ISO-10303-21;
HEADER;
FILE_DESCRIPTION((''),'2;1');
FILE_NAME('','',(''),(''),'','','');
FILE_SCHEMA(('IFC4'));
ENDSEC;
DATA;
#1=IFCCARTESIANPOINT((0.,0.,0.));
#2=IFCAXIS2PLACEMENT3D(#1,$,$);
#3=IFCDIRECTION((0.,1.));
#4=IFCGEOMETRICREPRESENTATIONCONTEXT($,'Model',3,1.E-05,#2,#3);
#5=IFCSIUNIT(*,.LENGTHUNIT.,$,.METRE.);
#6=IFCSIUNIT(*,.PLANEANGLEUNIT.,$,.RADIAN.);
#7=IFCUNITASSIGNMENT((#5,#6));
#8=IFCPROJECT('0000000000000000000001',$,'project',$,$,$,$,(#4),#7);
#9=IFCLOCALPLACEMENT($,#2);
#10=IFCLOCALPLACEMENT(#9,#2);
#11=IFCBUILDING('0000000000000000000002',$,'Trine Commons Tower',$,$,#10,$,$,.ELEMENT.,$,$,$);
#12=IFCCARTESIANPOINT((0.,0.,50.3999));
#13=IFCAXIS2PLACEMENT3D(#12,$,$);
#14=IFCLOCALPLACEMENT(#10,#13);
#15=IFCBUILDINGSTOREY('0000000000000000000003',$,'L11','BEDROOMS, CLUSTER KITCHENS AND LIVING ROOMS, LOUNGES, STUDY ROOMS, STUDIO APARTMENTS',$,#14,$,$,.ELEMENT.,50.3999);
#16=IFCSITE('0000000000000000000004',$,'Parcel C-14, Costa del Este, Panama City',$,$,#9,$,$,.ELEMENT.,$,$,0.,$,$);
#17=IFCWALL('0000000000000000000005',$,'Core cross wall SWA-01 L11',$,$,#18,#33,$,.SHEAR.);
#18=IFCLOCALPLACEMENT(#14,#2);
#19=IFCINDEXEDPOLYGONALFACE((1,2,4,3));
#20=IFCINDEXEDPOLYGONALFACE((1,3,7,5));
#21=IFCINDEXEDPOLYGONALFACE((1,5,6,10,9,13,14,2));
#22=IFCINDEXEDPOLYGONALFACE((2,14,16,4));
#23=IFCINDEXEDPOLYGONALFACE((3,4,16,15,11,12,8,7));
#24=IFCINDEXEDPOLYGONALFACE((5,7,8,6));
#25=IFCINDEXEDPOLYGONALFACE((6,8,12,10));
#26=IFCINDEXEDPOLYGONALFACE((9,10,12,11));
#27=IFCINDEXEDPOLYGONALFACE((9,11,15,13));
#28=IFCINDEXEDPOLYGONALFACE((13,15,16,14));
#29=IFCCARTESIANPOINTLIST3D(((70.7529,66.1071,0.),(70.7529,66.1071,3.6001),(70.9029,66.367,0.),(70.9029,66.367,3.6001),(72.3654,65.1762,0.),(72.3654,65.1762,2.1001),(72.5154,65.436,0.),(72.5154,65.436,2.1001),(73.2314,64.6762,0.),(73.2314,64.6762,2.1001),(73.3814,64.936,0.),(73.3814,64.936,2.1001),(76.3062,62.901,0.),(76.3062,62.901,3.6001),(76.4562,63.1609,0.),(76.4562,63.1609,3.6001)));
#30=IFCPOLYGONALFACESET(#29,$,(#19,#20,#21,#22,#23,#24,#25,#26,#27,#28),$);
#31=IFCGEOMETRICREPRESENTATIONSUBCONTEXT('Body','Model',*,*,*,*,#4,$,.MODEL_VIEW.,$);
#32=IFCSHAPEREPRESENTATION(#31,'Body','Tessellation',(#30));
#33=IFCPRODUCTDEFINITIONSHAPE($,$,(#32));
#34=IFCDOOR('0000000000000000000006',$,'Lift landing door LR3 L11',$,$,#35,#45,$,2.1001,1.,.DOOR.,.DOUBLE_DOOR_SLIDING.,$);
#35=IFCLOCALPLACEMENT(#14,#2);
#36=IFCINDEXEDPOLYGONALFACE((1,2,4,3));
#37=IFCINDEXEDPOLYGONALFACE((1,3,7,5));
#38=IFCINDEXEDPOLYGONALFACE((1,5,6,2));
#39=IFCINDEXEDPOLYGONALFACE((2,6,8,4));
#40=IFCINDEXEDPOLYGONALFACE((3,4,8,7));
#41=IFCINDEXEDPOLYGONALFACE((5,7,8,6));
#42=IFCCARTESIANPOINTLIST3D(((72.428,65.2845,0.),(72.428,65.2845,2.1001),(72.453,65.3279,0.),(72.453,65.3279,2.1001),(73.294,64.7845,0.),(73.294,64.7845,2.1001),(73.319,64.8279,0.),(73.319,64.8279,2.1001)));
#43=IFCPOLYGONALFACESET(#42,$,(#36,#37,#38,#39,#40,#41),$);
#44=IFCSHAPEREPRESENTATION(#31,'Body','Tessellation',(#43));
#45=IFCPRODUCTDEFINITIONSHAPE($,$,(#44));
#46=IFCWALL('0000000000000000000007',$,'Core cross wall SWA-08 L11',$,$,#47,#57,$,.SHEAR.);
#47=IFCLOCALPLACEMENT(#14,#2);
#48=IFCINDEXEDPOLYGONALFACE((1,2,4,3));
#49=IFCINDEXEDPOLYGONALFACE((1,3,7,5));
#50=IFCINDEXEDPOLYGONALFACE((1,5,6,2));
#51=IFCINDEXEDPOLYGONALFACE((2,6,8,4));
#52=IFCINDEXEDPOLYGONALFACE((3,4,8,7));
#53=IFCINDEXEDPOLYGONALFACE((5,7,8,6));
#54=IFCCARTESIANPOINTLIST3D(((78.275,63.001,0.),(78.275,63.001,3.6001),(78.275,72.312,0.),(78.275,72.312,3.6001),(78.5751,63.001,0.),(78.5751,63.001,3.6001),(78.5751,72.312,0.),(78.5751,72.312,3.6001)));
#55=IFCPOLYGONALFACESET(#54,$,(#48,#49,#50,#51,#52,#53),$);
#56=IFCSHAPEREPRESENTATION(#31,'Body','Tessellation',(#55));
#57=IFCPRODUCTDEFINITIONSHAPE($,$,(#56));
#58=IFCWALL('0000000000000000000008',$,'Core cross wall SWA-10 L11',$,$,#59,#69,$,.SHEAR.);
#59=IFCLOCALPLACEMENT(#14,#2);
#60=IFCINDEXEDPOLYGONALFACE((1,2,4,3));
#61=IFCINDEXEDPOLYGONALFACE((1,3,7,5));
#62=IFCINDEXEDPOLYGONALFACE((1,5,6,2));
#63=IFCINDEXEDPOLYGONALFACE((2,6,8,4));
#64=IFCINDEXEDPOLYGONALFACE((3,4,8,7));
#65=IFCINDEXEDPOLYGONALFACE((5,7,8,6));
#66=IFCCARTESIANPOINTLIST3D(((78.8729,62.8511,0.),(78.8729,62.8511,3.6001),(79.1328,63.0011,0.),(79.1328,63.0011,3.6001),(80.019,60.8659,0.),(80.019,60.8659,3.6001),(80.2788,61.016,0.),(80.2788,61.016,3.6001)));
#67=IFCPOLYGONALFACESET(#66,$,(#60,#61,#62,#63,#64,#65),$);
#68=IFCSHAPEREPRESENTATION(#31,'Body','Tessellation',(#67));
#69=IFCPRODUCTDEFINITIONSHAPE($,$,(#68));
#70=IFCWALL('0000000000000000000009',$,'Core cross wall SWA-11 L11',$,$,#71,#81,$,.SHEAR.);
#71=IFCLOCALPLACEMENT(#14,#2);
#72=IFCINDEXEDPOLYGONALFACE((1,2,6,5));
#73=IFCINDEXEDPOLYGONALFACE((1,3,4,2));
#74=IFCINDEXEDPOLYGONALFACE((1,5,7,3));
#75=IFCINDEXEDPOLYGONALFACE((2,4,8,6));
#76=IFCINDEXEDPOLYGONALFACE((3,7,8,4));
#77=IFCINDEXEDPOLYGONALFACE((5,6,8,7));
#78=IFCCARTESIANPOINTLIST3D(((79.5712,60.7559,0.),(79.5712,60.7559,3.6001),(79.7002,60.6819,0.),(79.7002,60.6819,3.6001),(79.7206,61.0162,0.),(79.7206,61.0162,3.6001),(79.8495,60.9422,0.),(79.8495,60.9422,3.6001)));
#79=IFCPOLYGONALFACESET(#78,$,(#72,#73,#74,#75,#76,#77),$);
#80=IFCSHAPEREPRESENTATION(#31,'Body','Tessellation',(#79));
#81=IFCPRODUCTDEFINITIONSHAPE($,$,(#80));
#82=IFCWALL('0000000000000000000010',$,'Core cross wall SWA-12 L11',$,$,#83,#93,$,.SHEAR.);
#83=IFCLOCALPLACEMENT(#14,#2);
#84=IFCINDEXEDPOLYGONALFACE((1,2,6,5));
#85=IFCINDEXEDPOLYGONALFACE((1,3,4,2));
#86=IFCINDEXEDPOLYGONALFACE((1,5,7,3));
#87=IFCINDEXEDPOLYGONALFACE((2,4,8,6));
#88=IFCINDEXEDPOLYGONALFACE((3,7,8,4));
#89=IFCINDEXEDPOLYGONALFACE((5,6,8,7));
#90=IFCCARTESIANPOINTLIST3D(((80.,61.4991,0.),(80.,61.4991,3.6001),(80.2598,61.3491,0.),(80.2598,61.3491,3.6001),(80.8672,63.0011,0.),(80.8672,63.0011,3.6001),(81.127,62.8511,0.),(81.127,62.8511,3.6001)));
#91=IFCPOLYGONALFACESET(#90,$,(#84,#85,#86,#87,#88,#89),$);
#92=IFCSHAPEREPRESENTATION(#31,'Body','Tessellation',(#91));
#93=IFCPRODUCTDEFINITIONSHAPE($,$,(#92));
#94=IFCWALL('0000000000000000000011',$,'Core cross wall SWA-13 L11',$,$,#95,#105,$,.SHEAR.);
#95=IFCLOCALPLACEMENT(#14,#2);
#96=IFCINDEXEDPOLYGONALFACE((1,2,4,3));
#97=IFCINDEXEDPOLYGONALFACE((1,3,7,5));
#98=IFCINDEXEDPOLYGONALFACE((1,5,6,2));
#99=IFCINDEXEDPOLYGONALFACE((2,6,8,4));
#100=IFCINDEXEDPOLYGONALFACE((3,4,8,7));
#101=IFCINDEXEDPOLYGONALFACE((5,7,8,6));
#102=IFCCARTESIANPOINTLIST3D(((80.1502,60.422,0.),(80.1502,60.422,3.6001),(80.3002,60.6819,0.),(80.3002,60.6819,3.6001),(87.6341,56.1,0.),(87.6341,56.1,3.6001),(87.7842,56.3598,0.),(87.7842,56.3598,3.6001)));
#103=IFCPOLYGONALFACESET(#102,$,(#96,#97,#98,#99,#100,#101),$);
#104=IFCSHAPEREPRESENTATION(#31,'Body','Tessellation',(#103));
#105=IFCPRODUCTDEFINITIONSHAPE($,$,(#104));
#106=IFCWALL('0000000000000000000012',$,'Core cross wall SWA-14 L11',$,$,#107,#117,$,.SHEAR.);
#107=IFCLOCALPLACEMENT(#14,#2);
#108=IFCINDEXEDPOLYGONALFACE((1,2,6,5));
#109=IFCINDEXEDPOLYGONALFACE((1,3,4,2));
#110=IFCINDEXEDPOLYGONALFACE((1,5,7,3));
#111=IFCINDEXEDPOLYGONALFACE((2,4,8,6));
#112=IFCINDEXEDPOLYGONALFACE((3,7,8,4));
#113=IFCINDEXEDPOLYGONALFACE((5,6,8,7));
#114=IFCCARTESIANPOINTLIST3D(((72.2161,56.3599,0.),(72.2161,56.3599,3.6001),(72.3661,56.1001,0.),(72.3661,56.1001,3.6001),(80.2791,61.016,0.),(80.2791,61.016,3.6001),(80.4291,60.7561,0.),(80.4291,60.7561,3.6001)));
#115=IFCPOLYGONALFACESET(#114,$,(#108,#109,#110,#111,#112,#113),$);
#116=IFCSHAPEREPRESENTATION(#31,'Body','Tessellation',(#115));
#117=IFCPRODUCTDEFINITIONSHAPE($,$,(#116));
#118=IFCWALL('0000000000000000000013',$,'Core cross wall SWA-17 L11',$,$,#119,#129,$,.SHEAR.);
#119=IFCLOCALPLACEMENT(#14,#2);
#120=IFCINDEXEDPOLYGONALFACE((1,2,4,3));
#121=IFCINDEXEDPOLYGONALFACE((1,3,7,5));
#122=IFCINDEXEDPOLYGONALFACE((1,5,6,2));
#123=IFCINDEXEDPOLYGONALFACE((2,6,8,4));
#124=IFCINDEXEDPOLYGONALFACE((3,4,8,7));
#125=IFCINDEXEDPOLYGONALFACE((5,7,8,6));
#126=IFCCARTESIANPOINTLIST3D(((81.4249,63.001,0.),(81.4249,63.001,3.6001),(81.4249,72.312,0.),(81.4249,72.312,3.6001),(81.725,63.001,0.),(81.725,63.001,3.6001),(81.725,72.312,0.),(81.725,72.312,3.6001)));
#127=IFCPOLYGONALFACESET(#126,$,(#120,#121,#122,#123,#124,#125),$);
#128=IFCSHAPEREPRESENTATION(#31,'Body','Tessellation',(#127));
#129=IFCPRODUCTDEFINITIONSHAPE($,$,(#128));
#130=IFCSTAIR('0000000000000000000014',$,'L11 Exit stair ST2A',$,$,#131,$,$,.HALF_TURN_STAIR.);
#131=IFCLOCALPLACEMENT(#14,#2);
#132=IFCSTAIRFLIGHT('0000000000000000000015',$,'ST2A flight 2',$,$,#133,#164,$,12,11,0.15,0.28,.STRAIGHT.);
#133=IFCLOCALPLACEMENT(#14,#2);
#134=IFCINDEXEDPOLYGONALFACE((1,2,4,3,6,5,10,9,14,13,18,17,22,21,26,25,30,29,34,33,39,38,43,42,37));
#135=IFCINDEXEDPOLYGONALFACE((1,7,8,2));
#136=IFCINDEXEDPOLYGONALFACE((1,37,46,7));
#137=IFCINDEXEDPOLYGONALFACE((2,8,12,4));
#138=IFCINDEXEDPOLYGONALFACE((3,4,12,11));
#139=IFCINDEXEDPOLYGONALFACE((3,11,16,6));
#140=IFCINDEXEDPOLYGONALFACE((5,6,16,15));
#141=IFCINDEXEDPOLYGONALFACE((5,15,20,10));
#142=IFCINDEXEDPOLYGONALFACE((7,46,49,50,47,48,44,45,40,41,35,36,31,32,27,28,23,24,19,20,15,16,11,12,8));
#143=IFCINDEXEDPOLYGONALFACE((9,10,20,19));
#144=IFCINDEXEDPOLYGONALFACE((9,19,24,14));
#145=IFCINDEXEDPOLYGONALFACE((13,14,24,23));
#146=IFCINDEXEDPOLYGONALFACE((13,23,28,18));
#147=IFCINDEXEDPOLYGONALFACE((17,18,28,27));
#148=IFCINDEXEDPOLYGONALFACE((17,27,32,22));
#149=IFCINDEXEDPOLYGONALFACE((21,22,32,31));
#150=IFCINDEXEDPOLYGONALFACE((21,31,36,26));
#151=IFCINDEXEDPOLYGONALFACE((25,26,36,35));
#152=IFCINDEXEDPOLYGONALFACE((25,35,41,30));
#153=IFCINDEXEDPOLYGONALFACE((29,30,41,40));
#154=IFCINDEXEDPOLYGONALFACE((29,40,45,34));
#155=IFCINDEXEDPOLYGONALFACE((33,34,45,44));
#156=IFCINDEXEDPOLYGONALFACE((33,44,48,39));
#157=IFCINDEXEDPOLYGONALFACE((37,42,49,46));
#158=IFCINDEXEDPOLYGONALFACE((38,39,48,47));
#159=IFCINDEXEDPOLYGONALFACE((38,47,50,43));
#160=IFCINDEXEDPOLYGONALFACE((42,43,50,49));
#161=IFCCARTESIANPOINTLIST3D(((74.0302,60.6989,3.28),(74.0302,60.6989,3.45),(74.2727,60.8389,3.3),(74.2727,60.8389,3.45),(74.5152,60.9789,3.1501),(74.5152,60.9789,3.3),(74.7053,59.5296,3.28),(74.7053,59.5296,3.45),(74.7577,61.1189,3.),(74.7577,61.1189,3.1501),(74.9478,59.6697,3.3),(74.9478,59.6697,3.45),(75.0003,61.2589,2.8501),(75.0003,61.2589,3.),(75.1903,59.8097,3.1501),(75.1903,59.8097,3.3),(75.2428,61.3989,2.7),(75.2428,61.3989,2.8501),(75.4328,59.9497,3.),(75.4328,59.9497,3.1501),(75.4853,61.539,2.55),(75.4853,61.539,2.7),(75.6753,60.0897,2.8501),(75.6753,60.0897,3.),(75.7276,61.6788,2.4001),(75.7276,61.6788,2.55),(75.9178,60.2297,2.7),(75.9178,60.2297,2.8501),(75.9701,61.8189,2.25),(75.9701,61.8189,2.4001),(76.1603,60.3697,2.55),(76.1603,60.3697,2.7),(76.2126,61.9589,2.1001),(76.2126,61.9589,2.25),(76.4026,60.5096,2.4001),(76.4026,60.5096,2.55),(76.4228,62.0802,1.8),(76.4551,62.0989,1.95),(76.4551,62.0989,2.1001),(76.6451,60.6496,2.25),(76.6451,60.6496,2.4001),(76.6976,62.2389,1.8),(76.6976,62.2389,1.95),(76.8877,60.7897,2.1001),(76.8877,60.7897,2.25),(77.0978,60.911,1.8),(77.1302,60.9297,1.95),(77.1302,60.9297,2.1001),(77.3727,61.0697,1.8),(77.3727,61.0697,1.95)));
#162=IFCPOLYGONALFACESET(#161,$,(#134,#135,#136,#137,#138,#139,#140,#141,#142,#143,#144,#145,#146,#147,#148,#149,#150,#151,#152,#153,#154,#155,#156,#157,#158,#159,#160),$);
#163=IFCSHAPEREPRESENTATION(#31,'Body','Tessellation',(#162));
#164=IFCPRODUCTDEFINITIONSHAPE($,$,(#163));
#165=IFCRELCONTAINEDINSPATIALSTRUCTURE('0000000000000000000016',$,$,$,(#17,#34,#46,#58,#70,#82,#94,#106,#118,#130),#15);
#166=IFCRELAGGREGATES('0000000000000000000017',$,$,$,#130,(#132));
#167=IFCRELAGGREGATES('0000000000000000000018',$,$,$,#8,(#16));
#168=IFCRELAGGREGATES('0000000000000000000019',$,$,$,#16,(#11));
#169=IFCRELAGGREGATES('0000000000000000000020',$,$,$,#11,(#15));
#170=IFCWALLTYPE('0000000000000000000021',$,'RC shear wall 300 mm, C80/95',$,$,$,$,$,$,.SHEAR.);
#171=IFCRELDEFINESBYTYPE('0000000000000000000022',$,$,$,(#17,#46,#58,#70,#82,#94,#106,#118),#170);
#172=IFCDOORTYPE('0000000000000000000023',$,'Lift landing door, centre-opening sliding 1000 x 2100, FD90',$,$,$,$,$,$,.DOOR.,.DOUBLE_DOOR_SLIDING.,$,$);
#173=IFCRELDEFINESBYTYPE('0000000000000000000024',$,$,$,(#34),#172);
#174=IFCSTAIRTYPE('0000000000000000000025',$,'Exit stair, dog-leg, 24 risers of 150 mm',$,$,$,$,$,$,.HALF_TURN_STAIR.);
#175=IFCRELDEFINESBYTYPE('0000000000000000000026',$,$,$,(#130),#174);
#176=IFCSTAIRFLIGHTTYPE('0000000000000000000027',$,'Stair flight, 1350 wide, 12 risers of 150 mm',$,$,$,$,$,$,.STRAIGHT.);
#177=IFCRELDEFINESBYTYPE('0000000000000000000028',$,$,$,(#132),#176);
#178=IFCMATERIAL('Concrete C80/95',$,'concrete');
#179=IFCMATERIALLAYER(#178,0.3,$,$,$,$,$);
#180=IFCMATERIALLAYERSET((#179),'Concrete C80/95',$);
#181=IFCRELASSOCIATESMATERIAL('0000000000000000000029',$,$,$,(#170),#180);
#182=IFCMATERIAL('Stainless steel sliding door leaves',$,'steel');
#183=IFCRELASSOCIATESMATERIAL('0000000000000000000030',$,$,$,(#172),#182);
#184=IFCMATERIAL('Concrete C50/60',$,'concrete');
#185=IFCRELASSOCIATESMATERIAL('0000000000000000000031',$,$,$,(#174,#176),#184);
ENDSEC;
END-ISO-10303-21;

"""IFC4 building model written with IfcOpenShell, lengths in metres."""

from ifc_helpers import new_model, si_unit, direction, frame, frame_2d, origin, place, context, subcontext, project, spatial, polyline, rectangle, outline, extrude, material, layer, layer_set, type_object, element, fill, aggregate, save


model = new_model("IFC4")

# Units and contexts
model_context = context("Model", 3, precision=1e-05, world=origin(), true_north=direction((0.0, 1.0)))
body_context = subcontext(model_context, "Body", "Model", "MODEL_VIEW")
ifc_project = project(units=[si_unit("LENGTHUNIT", "METRE"), si_unit("PLANEANGLEUNIT", "RADIAN")], contexts=[model_context])

# Site, building, storey
site_placement = place(None, origin())
site = spatial("IfcSite", under=ifc_project, at=site_placement, Name="Parcel C-14, Costa del Este, Panama City", CompositionType="ELEMENT", RefElevation=0.0)
building_placement = place(site_placement, origin())
building = spatial("IfcBuilding", under=site, at=building_placement, Name="Trine Commons Tower", CompositionType="ELEMENT")
storey_placement = place(building_placement, frame((0.0, 0.0, 50.3999)))
storey = spatial("IfcBuildingStorey", under=building, at=storey_placement, Name="L11", Description="BEDROOMS, CLUSTER KITCHENS AND LIVING ROOMS, LOUNGES, STUDY ROOMS, STUDIO APARTMENTS", CompositionType="ELEMENT", Elevation=50.3999)

# Wall, opening, door
ifc_material_1 = material(Name="Concrete C80/95", Category="concrete")
ifc_layer = layer(ifc_material_1, 0.3)
ifc_layer_set = layer_set([ifc_layer], Name="Concrete C80/95")
wall_type = type_object("IfcWallType", Name="RC shear wall 300 mm, C80/95", PredefinedType="SHEAR", material=ifc_layer_set)
wall_1_placement = place(storey_placement, frame((76.3811, 63.031, 0.0), z_axis=(0.0, 0.0, 1.0), x_axis=(-0.866032, 0.499988, 0.0)))
wall_1 = element("IfcWall", 1, at=wall_1_placement, inside=storey, type_object=wall_type, Name="Core cross wall SWA-01 L11", PredefinedType="SHEAR", context=body_context, shape_type="SweptSolid", body=[
    extrude(rectangle(XDim=6.4124, YDim=0.3, at=frame_2d((3.2061, 0.0))), origin(), (0.0, 0.0, 1.0), 3.6001),
])
opening_placement = place(wall_1_placement, frame((3.5503, 0.0, 0.0)))
opening = element("IfcOpeningElement", 2, at=opening_placement, cuts=wall_1, PredefinedType="OPENING", context=body_context, shape_type="SweptSolid", body=[
    extrude(rectangle(XDim=1.0, YDim=2.1001, at=frame_2d((0.5, 1.05))), frame((0.0, 0.1599, 0.0), z_axis=(0.0, -1.0, 0.0), x_axis=(1.0, 0.0, 0.0)), (0.0, 0.0, 1.0), 0.3201),
])
ifc_material_2 = material(Name="Stainless steel sliding door leaves", Category="steel")
door_type = type_object("IfcDoorType", Name="Lift landing door, centre-opening sliding 1000 x 2100, FD90", OperationType="DOUBLE_DOOR_SLIDING", PredefinedType="DOOR", material=ifc_material_2)
door_placement = place(opening_placement, origin())
door = element("IfcDoor", 3, at=door_placement, inside=storey, type_object=door_type, Name="Lift landing door LR3 L11", OperationType="DOUBLE_DOOR_SLIDING", OverallHeight=2.1001, OverallWidth=1.0, PredefinedType="DOOR", context=body_context, shape_type="SweptSolid", body=[
    extrude(rectangle(XDim=1.0, YDim=2.1001, at=frame_2d((0.5, 1.05))), frame((0.0, 0.0249, 0.0), z_axis=(0.0, -1.0, 0.0), x_axis=(1.0, 0.0, 0.0)), (0.0, 0.0, 1.0), 0.05),
])
fill(opening, door)

# Walls
wall_2_placement = place(storey_placement, frame((78.425, 63.001, 0.0), z_axis=(0.0, 0.0, 1.0), x_axis=(0.0, 1.0, 0.0)))
element("IfcWall", 4, at=wall_2_placement, inside=storey, type_object=wall_type, Name="Core cross wall SWA-08 L11", PredefinedType="SHEAR", context=body_context, shape_type="SweptSolid", body=[
    extrude(rectangle(XDim=9.311, YDim=0.3, at=frame_2d((4.6555, 0.0))), origin(), (0.0, 0.0, 1.0), 3.6001),
])
wall_3_placement = place(storey_placement, frame((79.0029, 62.926, 0.0), z_axis=(0.0, 0.0, 1.0), x_axis=(0.499965, -0.866045, 0.0)))
element("IfcWall", 5, at=wall_3_placement, inside=storey, type_object=wall_type, Name="Core cross wall SWA-10 L11", PredefinedType="SHEAR", context=body_context, shape_type="SweptSolid", body=[
    extrude(rectangle(XDim=2.2922, YDim=0.3, at=frame_2d((1.146, 0.0))), origin(), (0.0, 0.0, 1.0), 3.6001),
])
wall_4_placement = place(storey_placement, frame((79.646, 60.886, 0.0), z_axis=(0.0, 0.0, 1.0), x_axis=(0.867332, -0.49773, 0.0)))
element("IfcWall", 6, at=wall_4_placement, inside=storey, type_object=wall_type, Name="Core cross wall SWA-11 L11", PredefinedType="SHEAR", context=body_context, shape_type="SweptSolid", body=[
    extrude(rectangle(XDim=0.1487, YDim=0.3, at=frame_2d((0.0742, 0.0))), origin(), (0.0, 0.0, 1.0), 3.6001),
])
wall_5_placement = place(storey_placement, frame((80.1299, 61.4241, 0.0), z_axis=(0.0, 0.0, 1.0), x_axis=(0.500015, 0.866017, 0.0)))
element("IfcWall", 7, at=wall_5_placement, inside=storey, type_object=wall_type, Name="Core cross wall SWA-12 L11", PredefinedType="SHEAR", context=body_context, shape_type="SweptSolid", body=[
    extrude(rectangle(XDim=1.7344, YDim=0.3, at=frame_2d((0.8672, 0.0))), origin(), (0.0, 0.0, 1.0), 3.6001),
])
wall_6_placement = place(storey_placement, frame((80.2251, 60.552, 0.0), z_axis=(0.0, 0.0, 1.0), x_axis=(0.865965, -0.500104, 0.0)))
element("IfcWall", 8, at=wall_6_placement, inside=storey, type_object=wall_type, Name="Core cross wall SWA-13 L11", PredefinedType="SHEAR", context=body_context, shape_type="SweptSolid", body=[
    extrude(rectangle(XDim=8.6423, YDim=0.3, at=frame_2d((4.3213, 0.0))), origin(), (0.0, 0.0, 1.0), 3.6001),
])
wall_7_placement = place(storey_placement, frame((80.354, 60.886, 0.0), z_axis=(0.0, 0.0, 1.0), x_axis=(-0.865986, -0.500067, 0.0)))
element("IfcWall", 9, at=wall_7_placement, inside=storey, type_object=wall_type, Name="Core cross wall SWA-14 L11", PredefinedType="SHEAR", context=body_context, shape_type="SweptSolid", body=[
    extrude(rectangle(XDim=9.3108, YDim=0.3, at=frame_2d((4.6553, 0.0))), origin(), (0.0, 0.0, 1.0), 3.6001),
])
wall_8_placement = place(storey_placement, frame((81.575, 63.001, 0.0), z_axis=(0.0, 0.0, 1.0), x_axis=(0.0, 1.0, 0.0)))
element("IfcWall", 10, at=wall_8_placement, inside=storey, type_object=wall_type, Name="Core cross wall SWA-17 L11", PredefinedType="SHEAR", context=body_context, shape_type="SweptSolid", body=[
    extrude(rectangle(XDim=9.311, YDim=0.3, at=frame_2d((4.6555, 0.0))), origin(), (0.0, 0.0, 1.0), 3.6001),
])

# Stair, stair flight
ifc_material_3 = material(Name="Concrete C50/60", Category="concrete")
stair_type = type_object("IfcStairType", Name="Exit stair, dog-leg, 24 risers of 150 mm", PredefinedType="HALF_TURN_STAIR", material=ifc_material_3)
stair_1_placement = place(storey_placement, origin())
stair_1 = element("IfcStair", 11, at=stair_1_placement, inside=storey, type_object=stair_type, Name="L11 Exit stair ST2A", PredefinedType="HALF_TURN_STAIR")
stair_flight_type = type_object("IfcStairFlightType", Name="Stair flight, 1350 wide, 12 risers of 150 mm", PredefinedType="STRAIGHT", material=ifc_material_3)
stair_flight_1_placement = place(storey_placement, frame((77.0352, 61.6543, 1.8), z_axis=(0.0, 0.0, 1.0), x_axis=(-0.866025, -0.5, 0.0)))
stair_flight_1 = element("IfcStairFlight", 12, at=stair_flight_1_placement, type_object=stair_flight_type, Name="ST2A flight 2", NumberOfRisers=12, NumberOfTreads=11, PredefinedType="STRAIGHT", RiserHeight=0.15, TreadLength=0.28, context=body_context, shape_type="SweptSolid", body=[
    extrude(outline(polyline([(0.0, 0.0), (0.0, 0.1499), (0.28, 0.1499), (0.28, 0.3), (0.5601, 0.3), (0.5601, 0.45), (0.8401, 0.45), (0.8401, 0.6001), (1.1201, 0.6001), (1.1201, 0.75), (1.3999, 0.75), (1.3999, 0.8999), (1.6799, 0.8999), (1.6799, 1.05), (1.96, 1.05), (1.96, 1.2), (2.24, 1.2), (2.24, 1.3501), (2.52, 1.3501), (2.52, 1.5), (2.8, 1.5), (2.8, 1.6499), (3.0801, 1.6499), (3.0801, 1.8), (3.0801, 1.48), (0.3174, 0.0), (0.0, 0.0)])), frame((0.0, 0.675, 0.0), z_axis=(0.0, -1.0, 0.0), x_axis=(1.0, 0.0, 0.0)), (0.0, 0.0, 1.0), 1.3501),
])
aggregate(stair_1, [stair_flight_1])

save(model, "model.ifc")
